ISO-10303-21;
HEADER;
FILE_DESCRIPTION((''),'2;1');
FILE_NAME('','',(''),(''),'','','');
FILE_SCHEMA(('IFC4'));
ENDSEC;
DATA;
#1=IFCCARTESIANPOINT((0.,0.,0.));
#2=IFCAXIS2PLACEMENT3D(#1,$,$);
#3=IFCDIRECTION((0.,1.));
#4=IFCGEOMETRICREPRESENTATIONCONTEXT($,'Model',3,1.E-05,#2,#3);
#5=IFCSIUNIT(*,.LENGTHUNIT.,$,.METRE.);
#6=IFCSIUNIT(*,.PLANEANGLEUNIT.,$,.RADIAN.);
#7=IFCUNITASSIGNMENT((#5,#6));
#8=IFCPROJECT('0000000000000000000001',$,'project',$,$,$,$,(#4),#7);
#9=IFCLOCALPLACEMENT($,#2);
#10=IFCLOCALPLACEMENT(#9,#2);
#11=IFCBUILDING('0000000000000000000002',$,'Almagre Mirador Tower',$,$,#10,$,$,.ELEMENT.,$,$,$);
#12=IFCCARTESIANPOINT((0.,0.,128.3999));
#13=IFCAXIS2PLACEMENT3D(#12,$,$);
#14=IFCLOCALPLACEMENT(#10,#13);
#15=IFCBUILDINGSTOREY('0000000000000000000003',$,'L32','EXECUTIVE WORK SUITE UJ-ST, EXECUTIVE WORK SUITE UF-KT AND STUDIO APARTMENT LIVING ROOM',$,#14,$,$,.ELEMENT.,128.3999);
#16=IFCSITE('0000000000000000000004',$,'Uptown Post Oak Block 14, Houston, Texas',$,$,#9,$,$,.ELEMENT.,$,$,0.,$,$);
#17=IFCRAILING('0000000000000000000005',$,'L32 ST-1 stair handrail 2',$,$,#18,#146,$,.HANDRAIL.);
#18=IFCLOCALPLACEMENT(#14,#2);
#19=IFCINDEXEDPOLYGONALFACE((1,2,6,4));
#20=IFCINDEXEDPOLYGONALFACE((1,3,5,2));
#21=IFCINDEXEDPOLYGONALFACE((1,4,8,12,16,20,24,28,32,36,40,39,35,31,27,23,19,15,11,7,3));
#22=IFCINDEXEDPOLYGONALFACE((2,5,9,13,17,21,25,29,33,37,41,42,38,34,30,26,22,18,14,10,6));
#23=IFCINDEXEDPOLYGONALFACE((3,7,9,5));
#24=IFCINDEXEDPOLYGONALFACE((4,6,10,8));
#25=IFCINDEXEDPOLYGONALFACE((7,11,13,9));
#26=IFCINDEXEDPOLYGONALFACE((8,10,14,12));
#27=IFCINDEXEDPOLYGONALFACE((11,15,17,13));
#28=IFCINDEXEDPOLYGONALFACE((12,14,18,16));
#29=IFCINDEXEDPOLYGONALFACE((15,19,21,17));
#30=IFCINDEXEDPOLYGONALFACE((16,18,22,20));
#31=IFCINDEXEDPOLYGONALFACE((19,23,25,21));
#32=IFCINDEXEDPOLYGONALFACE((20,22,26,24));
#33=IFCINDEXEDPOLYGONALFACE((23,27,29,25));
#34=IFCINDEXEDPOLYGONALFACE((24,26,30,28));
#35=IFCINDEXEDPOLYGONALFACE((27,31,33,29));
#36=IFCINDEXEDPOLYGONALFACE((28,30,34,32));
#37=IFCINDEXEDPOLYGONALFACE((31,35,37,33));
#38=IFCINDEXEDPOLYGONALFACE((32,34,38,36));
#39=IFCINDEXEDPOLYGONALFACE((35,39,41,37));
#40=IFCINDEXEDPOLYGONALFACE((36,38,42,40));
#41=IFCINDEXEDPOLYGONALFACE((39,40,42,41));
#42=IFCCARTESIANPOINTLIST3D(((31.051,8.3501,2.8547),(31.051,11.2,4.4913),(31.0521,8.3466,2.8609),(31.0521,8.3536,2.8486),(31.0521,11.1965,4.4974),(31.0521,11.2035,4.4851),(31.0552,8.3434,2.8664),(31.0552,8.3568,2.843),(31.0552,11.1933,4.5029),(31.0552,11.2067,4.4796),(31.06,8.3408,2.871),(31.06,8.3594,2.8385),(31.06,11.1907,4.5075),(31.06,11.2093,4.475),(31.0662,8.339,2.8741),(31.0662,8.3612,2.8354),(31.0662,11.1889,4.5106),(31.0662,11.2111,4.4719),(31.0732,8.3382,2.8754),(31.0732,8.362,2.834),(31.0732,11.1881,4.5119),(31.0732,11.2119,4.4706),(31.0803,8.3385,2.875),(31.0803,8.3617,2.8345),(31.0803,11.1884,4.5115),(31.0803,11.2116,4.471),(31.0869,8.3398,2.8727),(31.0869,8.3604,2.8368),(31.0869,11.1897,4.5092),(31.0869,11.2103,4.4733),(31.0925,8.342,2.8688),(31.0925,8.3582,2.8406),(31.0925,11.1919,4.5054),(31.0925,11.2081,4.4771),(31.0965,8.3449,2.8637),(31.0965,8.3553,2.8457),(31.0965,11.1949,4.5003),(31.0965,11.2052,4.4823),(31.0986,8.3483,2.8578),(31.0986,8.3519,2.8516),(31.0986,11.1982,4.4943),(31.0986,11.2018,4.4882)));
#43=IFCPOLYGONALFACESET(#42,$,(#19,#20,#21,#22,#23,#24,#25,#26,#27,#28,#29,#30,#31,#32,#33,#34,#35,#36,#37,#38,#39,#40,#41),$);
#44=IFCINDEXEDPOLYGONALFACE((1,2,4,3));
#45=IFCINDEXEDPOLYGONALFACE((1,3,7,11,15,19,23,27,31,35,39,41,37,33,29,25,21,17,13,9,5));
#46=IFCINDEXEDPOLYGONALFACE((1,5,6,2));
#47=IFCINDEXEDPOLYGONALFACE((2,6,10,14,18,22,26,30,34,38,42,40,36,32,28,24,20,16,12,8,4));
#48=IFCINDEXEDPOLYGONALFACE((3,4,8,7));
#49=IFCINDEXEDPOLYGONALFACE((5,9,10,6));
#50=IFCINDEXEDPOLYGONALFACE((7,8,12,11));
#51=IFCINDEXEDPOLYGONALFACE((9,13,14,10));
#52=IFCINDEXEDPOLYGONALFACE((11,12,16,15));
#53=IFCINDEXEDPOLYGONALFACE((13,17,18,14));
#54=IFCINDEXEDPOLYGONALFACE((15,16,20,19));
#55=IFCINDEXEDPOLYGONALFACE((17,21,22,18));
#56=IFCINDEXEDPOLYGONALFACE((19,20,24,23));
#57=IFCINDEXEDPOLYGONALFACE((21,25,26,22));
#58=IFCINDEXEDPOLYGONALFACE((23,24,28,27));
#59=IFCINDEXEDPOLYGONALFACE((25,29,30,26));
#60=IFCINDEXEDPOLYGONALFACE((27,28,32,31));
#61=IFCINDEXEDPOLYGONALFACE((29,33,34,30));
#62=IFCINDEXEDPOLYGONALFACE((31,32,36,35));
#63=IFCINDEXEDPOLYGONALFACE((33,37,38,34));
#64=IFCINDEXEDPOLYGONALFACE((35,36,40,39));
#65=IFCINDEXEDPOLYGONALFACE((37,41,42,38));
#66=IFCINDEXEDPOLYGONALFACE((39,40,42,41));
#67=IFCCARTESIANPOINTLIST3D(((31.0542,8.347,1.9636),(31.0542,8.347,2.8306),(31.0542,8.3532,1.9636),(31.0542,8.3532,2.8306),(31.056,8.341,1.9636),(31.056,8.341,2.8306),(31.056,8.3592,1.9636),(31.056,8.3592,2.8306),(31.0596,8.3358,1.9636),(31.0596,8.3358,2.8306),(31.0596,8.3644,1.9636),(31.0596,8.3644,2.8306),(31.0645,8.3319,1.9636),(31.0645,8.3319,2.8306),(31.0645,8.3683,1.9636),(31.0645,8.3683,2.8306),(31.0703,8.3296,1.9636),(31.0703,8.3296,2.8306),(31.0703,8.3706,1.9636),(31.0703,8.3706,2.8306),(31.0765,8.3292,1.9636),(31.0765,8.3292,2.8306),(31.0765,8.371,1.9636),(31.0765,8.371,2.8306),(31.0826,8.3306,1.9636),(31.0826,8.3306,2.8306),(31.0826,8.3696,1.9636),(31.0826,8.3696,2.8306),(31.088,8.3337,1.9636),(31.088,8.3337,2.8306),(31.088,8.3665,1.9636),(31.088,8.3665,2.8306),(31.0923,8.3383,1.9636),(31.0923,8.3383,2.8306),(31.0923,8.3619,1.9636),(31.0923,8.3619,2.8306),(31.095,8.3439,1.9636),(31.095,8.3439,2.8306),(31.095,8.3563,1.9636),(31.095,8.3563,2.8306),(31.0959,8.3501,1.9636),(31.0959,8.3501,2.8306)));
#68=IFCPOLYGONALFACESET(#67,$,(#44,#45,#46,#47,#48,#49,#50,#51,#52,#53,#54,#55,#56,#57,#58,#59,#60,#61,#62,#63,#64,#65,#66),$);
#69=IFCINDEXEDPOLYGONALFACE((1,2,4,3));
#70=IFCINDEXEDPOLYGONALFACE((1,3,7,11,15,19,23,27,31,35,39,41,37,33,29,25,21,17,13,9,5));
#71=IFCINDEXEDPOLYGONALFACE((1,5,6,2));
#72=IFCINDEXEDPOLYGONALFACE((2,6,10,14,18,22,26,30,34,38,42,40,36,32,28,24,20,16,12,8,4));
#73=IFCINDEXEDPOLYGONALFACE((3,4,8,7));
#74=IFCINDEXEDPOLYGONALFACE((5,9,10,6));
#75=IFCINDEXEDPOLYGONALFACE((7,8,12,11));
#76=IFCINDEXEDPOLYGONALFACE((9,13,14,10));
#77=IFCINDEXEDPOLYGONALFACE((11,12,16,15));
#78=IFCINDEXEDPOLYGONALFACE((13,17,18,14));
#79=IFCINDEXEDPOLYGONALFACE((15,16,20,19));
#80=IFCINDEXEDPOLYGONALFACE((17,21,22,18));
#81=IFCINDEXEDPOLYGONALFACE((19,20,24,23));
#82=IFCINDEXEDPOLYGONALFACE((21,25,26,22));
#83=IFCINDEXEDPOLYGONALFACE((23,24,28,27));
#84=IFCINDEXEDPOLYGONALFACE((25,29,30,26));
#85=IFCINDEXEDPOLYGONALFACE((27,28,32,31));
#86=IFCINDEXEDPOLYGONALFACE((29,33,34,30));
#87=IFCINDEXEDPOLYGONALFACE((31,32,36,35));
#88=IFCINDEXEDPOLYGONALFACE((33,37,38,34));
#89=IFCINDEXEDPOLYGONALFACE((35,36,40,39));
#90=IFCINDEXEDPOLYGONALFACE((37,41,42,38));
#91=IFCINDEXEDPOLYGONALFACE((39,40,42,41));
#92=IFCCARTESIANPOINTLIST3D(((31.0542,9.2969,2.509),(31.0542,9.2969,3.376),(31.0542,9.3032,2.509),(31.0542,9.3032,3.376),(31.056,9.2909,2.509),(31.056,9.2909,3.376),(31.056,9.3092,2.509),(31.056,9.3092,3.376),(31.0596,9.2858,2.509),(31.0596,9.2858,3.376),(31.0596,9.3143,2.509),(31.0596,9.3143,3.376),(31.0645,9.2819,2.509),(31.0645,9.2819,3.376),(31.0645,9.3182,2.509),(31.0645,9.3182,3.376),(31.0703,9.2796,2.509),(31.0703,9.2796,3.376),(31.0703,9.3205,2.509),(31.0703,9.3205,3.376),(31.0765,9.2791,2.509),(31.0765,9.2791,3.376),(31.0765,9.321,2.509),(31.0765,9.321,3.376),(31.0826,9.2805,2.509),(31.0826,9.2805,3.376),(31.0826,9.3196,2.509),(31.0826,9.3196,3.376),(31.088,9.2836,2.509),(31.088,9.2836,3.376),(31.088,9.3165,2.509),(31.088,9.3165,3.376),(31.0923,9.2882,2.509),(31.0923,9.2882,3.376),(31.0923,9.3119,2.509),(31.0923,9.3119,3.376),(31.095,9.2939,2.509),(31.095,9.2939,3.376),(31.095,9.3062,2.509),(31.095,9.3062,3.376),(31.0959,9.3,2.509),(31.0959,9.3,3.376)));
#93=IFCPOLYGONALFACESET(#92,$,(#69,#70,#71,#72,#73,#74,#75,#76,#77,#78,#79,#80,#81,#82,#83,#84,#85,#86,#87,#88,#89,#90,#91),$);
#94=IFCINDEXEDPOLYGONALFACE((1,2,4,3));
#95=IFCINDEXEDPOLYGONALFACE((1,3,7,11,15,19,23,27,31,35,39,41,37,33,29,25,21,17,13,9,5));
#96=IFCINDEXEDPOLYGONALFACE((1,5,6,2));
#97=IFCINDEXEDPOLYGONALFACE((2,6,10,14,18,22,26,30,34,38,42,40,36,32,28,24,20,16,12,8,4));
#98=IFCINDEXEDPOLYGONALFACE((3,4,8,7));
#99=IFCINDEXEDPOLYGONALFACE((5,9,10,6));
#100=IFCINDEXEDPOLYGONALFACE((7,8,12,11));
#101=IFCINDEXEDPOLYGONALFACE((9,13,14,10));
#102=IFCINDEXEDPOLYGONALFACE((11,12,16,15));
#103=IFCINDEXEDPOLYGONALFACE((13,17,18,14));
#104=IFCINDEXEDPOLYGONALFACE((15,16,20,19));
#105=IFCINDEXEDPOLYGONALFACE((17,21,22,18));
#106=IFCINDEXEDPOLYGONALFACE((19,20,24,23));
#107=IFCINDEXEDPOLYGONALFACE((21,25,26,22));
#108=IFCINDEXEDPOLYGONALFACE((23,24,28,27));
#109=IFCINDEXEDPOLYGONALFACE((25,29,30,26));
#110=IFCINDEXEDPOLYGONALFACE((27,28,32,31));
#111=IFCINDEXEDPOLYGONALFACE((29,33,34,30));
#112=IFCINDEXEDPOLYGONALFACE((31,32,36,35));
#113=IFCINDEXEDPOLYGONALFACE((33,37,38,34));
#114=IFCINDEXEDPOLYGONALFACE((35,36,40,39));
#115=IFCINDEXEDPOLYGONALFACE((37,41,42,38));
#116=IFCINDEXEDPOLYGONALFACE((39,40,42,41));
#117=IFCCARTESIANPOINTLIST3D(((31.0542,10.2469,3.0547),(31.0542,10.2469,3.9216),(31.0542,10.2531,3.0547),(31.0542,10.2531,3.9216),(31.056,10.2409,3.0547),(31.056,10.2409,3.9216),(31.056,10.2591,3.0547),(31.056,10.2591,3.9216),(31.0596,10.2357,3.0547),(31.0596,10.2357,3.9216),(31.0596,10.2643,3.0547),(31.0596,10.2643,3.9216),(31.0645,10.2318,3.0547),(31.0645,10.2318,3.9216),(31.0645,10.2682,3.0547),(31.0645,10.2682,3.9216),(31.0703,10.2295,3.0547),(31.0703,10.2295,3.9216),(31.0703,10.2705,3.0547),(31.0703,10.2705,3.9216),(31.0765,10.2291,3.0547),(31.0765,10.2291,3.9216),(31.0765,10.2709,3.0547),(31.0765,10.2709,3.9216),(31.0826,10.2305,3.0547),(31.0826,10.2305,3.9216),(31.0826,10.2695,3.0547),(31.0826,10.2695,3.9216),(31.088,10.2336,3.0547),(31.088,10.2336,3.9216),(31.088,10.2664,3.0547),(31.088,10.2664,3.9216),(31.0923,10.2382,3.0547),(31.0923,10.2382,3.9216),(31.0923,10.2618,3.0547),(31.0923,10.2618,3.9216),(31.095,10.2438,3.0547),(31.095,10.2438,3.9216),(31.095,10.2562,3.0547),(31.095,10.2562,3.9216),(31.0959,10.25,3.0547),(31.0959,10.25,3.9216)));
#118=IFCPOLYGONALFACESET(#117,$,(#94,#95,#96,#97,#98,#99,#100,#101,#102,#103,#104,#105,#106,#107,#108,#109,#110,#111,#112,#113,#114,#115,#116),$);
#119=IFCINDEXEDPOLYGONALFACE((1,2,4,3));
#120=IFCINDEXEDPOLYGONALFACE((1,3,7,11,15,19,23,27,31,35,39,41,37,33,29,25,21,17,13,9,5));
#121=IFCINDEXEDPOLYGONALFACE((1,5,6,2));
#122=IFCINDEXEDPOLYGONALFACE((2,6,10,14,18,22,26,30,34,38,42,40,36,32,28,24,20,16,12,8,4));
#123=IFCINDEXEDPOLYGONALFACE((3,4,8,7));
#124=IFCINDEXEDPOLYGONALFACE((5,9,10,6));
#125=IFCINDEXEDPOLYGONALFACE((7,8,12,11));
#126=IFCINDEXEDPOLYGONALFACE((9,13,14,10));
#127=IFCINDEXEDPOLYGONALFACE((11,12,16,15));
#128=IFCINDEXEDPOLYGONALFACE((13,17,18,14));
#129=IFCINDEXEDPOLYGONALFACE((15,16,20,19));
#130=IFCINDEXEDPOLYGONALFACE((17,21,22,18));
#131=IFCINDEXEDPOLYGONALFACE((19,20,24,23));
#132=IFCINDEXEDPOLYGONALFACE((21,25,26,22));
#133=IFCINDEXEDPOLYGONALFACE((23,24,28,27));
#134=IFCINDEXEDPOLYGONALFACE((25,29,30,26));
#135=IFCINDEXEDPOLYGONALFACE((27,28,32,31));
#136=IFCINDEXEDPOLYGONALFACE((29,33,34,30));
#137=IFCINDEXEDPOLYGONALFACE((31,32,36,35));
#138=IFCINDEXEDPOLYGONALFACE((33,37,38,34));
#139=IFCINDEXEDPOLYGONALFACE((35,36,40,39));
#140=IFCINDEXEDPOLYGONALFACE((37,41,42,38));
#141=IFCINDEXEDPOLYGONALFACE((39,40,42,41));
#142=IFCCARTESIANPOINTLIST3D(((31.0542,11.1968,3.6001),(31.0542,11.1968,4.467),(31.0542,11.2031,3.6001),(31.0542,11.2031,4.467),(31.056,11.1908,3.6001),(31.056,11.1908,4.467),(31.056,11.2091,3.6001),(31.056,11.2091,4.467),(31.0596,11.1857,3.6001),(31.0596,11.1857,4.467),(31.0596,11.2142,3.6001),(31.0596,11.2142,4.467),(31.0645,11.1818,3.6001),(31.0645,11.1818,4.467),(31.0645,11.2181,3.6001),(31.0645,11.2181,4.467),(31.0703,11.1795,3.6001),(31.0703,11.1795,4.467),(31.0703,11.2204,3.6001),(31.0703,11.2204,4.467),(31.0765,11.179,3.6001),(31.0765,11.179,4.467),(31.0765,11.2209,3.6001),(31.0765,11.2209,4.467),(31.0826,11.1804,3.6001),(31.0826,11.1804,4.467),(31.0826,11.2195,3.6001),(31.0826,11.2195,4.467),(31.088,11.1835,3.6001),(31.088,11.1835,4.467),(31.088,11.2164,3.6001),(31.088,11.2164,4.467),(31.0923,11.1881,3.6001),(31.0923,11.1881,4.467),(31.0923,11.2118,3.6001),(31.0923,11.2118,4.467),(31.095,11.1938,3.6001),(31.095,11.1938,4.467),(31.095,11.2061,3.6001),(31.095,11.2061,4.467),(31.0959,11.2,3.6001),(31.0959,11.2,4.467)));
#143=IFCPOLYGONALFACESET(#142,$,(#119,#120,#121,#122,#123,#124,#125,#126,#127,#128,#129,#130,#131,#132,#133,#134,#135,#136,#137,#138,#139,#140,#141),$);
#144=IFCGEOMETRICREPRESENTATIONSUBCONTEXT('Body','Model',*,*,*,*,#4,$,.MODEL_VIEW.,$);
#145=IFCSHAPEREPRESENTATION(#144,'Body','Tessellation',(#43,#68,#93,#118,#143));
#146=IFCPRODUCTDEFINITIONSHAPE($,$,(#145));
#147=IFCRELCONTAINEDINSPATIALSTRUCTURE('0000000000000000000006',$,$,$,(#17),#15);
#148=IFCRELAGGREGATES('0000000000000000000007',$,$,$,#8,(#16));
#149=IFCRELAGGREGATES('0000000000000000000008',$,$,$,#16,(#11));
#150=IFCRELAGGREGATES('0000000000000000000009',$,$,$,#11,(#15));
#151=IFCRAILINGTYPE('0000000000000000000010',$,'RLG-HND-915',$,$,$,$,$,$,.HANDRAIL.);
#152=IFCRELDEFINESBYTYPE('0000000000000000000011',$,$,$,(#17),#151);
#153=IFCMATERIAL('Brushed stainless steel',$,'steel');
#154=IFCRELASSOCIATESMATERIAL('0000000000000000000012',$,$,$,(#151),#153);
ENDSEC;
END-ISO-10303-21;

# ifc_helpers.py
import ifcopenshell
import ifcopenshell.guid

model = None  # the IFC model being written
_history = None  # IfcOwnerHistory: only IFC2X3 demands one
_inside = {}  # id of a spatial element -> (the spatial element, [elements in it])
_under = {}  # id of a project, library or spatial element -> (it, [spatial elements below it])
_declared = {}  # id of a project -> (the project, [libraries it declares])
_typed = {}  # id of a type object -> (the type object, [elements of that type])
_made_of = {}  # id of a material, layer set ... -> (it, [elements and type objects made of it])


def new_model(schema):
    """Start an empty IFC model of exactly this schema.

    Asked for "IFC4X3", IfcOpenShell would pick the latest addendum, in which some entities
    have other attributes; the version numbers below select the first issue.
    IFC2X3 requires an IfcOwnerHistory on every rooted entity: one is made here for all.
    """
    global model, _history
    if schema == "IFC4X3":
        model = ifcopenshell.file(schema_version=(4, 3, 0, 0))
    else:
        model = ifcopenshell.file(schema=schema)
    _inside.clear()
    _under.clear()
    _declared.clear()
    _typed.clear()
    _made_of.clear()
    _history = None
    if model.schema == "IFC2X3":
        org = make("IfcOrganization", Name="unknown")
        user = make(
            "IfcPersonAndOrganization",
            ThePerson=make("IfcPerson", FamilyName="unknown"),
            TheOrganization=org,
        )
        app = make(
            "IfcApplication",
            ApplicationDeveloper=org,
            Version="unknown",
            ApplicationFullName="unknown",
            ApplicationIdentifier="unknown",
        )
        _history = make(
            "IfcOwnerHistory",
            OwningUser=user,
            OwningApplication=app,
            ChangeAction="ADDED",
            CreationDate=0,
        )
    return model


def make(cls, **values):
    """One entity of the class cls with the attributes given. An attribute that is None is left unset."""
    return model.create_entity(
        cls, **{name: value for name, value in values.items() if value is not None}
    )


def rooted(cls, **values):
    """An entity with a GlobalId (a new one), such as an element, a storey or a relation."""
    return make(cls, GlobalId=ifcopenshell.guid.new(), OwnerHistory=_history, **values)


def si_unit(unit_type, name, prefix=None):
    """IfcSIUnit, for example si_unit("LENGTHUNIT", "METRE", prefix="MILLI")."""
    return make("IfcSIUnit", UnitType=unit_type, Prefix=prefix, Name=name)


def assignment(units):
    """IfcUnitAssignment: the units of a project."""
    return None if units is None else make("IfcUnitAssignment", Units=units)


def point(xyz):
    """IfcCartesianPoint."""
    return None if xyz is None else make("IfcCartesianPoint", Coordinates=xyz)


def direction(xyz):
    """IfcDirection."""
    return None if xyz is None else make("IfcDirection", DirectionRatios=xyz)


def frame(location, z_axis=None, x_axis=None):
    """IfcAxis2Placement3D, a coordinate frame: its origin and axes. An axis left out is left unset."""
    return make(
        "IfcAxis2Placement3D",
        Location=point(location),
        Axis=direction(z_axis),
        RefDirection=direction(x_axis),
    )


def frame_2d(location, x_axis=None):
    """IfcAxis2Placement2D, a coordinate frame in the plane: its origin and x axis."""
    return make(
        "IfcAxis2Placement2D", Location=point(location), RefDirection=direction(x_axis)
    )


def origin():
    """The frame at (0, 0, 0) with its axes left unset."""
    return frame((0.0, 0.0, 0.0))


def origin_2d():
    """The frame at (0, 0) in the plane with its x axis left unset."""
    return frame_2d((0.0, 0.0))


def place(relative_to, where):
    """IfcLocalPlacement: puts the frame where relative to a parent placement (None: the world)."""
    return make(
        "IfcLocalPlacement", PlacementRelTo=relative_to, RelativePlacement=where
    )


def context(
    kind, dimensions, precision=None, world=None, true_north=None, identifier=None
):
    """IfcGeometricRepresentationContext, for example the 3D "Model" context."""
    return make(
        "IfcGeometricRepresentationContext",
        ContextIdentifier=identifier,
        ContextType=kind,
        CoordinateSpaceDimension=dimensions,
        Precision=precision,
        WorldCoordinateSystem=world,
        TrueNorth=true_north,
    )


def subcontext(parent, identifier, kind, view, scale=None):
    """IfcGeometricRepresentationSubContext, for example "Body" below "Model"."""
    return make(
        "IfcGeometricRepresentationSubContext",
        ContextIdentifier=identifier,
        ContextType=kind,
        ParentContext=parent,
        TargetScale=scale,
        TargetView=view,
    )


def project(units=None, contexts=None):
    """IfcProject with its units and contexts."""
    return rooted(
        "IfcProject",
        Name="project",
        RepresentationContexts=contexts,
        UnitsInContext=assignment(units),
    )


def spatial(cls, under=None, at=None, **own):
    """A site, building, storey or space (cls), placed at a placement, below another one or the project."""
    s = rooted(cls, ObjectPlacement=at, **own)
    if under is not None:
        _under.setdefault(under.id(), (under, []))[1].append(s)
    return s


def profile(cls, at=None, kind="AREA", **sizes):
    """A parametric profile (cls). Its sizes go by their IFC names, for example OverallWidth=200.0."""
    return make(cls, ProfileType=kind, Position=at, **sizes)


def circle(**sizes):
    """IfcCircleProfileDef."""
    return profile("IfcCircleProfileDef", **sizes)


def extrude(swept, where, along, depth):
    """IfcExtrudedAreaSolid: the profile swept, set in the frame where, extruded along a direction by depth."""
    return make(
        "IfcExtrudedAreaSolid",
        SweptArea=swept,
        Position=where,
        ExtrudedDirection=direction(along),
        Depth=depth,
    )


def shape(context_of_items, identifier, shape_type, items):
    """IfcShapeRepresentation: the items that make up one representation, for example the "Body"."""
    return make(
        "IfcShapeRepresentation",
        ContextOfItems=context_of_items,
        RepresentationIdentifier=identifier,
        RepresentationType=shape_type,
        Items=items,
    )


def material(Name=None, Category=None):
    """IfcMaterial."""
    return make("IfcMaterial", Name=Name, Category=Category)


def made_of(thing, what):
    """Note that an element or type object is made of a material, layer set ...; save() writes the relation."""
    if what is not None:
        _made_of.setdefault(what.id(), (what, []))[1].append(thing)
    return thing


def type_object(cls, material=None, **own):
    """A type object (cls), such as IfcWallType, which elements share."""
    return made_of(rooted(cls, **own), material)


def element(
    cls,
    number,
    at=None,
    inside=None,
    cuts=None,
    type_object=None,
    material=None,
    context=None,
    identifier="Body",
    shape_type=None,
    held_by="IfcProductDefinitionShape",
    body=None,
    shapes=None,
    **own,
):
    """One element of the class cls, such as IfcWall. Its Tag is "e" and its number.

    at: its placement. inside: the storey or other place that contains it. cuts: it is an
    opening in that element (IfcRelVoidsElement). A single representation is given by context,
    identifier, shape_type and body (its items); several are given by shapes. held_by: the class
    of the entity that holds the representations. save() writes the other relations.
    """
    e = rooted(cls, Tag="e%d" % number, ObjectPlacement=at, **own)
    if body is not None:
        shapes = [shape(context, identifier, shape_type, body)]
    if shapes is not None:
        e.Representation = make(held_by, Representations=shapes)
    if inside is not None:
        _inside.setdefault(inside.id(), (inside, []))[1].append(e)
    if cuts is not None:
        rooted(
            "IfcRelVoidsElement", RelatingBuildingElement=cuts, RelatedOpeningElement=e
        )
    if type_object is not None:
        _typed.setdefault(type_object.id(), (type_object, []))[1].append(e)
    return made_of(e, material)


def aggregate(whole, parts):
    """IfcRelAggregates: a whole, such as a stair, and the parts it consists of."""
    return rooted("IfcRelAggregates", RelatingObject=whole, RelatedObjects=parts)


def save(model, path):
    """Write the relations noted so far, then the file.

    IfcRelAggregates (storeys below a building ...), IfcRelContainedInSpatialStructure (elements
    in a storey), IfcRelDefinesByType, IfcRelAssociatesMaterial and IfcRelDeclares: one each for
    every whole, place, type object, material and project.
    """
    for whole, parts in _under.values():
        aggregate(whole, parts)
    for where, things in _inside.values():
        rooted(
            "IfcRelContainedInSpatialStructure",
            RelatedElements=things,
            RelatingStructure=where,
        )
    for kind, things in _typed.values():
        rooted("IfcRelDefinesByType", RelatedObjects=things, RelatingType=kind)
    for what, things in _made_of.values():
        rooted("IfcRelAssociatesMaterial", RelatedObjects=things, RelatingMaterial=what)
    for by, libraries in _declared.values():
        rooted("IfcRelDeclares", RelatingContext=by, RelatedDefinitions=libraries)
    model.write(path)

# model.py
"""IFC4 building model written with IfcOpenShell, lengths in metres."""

from ifc_helpers import new_model, si_unit, direction, frame, origin, origin_2d, place, context, subcontext, project, spatial, circle, extrude, material, type_object, element, save


model = new_model("IFC4")

# Units and contexts
model_context = context("Model", 3, precision=1e-05, world=origin(), true_north=direction((0.0, 1.0)))
body_context = subcontext(model_context, "Body", "Model", "MODEL_VIEW")
ifc_project = project(units=[si_unit("LENGTHUNIT", "METRE"), si_unit("PLANEANGLEUNIT", "RADIAN")], contexts=[model_context])

# Site, building, storey
site_placement = place(None, origin())
site = spatial("IfcSite", under=ifc_project, at=site_placement, Name="Uptown Post Oak Block 14, Houston, Texas", CompositionType="ELEMENT", RefElevation=0.0)
building_placement = place(site_placement, origin())
building = spatial("IfcBuilding", under=site, at=building_placement, Name="Almagre Mirador Tower", CompositionType="ELEMENT")
storey_placement = place(building_placement, frame((0.0, 0.0, 128.3999)))
storey = spatial("IfcBuildingStorey", under=building, at=storey_placement, Name="L32", Description="EXECUTIVE WORK SUITE UJ-ST, EXECUTIVE WORK SUITE UF-KT AND STUDIO APARTMENT LIVING ROOM", CompositionType="ELEMENT", Elevation=128.3999)

# Railing
ifc_material_1 = material(Name="Brushed stainless steel", Category="steel")
railing_type_1 = type_object("IfcRailingType", Name="RLG-HND-915", PredefinedType="HANDRAIL", material=ifc_material_1)
railing_1_placement = place(storey_placement, frame((31.075, 8.3501, 1.9636)))
element("IfcRailing", 1, at=railing_1_placement, inside=storey, type_object=railing_type_1, Name="L32 ST-1 stair handrail 2", PredefinedType="HANDRAIL", context=body_context, shape_type="SweptSolid", body=[
    extrude(circle(Radius=0.0239, at=origin_2d()), frame((0.0, 0.0, 0.8911), z_axis=(0.0, 0.867194, 0.49797), x_axis=(-1.0, 0.0, 0.0)), (0.0, 0.0, 1.0), 3.2864),
    extrude(circle(Radius=0.021, at=origin_2d()), origin(), (0.0, 0.0, 1.0), 0.8669),
    extrude(circle(Radius=0.021, at=origin_2d()), frame((0.0, 0.95, 0.5454)), (0.0, 0.0, 1.0), 0.8669),
    extrude(circle(Radius=0.021, at=origin_2d()), frame((0.0, 1.8999, 1.0911)), (0.0, 0.0, 1.0), 0.8669),
    extrude(circle(Radius=0.021, at=origin_2d()), frame((0.0, 2.8499, 1.6365)), (0.0, 0.0, 1.0), 0.8669),
])

save(model, "model.ifc")
